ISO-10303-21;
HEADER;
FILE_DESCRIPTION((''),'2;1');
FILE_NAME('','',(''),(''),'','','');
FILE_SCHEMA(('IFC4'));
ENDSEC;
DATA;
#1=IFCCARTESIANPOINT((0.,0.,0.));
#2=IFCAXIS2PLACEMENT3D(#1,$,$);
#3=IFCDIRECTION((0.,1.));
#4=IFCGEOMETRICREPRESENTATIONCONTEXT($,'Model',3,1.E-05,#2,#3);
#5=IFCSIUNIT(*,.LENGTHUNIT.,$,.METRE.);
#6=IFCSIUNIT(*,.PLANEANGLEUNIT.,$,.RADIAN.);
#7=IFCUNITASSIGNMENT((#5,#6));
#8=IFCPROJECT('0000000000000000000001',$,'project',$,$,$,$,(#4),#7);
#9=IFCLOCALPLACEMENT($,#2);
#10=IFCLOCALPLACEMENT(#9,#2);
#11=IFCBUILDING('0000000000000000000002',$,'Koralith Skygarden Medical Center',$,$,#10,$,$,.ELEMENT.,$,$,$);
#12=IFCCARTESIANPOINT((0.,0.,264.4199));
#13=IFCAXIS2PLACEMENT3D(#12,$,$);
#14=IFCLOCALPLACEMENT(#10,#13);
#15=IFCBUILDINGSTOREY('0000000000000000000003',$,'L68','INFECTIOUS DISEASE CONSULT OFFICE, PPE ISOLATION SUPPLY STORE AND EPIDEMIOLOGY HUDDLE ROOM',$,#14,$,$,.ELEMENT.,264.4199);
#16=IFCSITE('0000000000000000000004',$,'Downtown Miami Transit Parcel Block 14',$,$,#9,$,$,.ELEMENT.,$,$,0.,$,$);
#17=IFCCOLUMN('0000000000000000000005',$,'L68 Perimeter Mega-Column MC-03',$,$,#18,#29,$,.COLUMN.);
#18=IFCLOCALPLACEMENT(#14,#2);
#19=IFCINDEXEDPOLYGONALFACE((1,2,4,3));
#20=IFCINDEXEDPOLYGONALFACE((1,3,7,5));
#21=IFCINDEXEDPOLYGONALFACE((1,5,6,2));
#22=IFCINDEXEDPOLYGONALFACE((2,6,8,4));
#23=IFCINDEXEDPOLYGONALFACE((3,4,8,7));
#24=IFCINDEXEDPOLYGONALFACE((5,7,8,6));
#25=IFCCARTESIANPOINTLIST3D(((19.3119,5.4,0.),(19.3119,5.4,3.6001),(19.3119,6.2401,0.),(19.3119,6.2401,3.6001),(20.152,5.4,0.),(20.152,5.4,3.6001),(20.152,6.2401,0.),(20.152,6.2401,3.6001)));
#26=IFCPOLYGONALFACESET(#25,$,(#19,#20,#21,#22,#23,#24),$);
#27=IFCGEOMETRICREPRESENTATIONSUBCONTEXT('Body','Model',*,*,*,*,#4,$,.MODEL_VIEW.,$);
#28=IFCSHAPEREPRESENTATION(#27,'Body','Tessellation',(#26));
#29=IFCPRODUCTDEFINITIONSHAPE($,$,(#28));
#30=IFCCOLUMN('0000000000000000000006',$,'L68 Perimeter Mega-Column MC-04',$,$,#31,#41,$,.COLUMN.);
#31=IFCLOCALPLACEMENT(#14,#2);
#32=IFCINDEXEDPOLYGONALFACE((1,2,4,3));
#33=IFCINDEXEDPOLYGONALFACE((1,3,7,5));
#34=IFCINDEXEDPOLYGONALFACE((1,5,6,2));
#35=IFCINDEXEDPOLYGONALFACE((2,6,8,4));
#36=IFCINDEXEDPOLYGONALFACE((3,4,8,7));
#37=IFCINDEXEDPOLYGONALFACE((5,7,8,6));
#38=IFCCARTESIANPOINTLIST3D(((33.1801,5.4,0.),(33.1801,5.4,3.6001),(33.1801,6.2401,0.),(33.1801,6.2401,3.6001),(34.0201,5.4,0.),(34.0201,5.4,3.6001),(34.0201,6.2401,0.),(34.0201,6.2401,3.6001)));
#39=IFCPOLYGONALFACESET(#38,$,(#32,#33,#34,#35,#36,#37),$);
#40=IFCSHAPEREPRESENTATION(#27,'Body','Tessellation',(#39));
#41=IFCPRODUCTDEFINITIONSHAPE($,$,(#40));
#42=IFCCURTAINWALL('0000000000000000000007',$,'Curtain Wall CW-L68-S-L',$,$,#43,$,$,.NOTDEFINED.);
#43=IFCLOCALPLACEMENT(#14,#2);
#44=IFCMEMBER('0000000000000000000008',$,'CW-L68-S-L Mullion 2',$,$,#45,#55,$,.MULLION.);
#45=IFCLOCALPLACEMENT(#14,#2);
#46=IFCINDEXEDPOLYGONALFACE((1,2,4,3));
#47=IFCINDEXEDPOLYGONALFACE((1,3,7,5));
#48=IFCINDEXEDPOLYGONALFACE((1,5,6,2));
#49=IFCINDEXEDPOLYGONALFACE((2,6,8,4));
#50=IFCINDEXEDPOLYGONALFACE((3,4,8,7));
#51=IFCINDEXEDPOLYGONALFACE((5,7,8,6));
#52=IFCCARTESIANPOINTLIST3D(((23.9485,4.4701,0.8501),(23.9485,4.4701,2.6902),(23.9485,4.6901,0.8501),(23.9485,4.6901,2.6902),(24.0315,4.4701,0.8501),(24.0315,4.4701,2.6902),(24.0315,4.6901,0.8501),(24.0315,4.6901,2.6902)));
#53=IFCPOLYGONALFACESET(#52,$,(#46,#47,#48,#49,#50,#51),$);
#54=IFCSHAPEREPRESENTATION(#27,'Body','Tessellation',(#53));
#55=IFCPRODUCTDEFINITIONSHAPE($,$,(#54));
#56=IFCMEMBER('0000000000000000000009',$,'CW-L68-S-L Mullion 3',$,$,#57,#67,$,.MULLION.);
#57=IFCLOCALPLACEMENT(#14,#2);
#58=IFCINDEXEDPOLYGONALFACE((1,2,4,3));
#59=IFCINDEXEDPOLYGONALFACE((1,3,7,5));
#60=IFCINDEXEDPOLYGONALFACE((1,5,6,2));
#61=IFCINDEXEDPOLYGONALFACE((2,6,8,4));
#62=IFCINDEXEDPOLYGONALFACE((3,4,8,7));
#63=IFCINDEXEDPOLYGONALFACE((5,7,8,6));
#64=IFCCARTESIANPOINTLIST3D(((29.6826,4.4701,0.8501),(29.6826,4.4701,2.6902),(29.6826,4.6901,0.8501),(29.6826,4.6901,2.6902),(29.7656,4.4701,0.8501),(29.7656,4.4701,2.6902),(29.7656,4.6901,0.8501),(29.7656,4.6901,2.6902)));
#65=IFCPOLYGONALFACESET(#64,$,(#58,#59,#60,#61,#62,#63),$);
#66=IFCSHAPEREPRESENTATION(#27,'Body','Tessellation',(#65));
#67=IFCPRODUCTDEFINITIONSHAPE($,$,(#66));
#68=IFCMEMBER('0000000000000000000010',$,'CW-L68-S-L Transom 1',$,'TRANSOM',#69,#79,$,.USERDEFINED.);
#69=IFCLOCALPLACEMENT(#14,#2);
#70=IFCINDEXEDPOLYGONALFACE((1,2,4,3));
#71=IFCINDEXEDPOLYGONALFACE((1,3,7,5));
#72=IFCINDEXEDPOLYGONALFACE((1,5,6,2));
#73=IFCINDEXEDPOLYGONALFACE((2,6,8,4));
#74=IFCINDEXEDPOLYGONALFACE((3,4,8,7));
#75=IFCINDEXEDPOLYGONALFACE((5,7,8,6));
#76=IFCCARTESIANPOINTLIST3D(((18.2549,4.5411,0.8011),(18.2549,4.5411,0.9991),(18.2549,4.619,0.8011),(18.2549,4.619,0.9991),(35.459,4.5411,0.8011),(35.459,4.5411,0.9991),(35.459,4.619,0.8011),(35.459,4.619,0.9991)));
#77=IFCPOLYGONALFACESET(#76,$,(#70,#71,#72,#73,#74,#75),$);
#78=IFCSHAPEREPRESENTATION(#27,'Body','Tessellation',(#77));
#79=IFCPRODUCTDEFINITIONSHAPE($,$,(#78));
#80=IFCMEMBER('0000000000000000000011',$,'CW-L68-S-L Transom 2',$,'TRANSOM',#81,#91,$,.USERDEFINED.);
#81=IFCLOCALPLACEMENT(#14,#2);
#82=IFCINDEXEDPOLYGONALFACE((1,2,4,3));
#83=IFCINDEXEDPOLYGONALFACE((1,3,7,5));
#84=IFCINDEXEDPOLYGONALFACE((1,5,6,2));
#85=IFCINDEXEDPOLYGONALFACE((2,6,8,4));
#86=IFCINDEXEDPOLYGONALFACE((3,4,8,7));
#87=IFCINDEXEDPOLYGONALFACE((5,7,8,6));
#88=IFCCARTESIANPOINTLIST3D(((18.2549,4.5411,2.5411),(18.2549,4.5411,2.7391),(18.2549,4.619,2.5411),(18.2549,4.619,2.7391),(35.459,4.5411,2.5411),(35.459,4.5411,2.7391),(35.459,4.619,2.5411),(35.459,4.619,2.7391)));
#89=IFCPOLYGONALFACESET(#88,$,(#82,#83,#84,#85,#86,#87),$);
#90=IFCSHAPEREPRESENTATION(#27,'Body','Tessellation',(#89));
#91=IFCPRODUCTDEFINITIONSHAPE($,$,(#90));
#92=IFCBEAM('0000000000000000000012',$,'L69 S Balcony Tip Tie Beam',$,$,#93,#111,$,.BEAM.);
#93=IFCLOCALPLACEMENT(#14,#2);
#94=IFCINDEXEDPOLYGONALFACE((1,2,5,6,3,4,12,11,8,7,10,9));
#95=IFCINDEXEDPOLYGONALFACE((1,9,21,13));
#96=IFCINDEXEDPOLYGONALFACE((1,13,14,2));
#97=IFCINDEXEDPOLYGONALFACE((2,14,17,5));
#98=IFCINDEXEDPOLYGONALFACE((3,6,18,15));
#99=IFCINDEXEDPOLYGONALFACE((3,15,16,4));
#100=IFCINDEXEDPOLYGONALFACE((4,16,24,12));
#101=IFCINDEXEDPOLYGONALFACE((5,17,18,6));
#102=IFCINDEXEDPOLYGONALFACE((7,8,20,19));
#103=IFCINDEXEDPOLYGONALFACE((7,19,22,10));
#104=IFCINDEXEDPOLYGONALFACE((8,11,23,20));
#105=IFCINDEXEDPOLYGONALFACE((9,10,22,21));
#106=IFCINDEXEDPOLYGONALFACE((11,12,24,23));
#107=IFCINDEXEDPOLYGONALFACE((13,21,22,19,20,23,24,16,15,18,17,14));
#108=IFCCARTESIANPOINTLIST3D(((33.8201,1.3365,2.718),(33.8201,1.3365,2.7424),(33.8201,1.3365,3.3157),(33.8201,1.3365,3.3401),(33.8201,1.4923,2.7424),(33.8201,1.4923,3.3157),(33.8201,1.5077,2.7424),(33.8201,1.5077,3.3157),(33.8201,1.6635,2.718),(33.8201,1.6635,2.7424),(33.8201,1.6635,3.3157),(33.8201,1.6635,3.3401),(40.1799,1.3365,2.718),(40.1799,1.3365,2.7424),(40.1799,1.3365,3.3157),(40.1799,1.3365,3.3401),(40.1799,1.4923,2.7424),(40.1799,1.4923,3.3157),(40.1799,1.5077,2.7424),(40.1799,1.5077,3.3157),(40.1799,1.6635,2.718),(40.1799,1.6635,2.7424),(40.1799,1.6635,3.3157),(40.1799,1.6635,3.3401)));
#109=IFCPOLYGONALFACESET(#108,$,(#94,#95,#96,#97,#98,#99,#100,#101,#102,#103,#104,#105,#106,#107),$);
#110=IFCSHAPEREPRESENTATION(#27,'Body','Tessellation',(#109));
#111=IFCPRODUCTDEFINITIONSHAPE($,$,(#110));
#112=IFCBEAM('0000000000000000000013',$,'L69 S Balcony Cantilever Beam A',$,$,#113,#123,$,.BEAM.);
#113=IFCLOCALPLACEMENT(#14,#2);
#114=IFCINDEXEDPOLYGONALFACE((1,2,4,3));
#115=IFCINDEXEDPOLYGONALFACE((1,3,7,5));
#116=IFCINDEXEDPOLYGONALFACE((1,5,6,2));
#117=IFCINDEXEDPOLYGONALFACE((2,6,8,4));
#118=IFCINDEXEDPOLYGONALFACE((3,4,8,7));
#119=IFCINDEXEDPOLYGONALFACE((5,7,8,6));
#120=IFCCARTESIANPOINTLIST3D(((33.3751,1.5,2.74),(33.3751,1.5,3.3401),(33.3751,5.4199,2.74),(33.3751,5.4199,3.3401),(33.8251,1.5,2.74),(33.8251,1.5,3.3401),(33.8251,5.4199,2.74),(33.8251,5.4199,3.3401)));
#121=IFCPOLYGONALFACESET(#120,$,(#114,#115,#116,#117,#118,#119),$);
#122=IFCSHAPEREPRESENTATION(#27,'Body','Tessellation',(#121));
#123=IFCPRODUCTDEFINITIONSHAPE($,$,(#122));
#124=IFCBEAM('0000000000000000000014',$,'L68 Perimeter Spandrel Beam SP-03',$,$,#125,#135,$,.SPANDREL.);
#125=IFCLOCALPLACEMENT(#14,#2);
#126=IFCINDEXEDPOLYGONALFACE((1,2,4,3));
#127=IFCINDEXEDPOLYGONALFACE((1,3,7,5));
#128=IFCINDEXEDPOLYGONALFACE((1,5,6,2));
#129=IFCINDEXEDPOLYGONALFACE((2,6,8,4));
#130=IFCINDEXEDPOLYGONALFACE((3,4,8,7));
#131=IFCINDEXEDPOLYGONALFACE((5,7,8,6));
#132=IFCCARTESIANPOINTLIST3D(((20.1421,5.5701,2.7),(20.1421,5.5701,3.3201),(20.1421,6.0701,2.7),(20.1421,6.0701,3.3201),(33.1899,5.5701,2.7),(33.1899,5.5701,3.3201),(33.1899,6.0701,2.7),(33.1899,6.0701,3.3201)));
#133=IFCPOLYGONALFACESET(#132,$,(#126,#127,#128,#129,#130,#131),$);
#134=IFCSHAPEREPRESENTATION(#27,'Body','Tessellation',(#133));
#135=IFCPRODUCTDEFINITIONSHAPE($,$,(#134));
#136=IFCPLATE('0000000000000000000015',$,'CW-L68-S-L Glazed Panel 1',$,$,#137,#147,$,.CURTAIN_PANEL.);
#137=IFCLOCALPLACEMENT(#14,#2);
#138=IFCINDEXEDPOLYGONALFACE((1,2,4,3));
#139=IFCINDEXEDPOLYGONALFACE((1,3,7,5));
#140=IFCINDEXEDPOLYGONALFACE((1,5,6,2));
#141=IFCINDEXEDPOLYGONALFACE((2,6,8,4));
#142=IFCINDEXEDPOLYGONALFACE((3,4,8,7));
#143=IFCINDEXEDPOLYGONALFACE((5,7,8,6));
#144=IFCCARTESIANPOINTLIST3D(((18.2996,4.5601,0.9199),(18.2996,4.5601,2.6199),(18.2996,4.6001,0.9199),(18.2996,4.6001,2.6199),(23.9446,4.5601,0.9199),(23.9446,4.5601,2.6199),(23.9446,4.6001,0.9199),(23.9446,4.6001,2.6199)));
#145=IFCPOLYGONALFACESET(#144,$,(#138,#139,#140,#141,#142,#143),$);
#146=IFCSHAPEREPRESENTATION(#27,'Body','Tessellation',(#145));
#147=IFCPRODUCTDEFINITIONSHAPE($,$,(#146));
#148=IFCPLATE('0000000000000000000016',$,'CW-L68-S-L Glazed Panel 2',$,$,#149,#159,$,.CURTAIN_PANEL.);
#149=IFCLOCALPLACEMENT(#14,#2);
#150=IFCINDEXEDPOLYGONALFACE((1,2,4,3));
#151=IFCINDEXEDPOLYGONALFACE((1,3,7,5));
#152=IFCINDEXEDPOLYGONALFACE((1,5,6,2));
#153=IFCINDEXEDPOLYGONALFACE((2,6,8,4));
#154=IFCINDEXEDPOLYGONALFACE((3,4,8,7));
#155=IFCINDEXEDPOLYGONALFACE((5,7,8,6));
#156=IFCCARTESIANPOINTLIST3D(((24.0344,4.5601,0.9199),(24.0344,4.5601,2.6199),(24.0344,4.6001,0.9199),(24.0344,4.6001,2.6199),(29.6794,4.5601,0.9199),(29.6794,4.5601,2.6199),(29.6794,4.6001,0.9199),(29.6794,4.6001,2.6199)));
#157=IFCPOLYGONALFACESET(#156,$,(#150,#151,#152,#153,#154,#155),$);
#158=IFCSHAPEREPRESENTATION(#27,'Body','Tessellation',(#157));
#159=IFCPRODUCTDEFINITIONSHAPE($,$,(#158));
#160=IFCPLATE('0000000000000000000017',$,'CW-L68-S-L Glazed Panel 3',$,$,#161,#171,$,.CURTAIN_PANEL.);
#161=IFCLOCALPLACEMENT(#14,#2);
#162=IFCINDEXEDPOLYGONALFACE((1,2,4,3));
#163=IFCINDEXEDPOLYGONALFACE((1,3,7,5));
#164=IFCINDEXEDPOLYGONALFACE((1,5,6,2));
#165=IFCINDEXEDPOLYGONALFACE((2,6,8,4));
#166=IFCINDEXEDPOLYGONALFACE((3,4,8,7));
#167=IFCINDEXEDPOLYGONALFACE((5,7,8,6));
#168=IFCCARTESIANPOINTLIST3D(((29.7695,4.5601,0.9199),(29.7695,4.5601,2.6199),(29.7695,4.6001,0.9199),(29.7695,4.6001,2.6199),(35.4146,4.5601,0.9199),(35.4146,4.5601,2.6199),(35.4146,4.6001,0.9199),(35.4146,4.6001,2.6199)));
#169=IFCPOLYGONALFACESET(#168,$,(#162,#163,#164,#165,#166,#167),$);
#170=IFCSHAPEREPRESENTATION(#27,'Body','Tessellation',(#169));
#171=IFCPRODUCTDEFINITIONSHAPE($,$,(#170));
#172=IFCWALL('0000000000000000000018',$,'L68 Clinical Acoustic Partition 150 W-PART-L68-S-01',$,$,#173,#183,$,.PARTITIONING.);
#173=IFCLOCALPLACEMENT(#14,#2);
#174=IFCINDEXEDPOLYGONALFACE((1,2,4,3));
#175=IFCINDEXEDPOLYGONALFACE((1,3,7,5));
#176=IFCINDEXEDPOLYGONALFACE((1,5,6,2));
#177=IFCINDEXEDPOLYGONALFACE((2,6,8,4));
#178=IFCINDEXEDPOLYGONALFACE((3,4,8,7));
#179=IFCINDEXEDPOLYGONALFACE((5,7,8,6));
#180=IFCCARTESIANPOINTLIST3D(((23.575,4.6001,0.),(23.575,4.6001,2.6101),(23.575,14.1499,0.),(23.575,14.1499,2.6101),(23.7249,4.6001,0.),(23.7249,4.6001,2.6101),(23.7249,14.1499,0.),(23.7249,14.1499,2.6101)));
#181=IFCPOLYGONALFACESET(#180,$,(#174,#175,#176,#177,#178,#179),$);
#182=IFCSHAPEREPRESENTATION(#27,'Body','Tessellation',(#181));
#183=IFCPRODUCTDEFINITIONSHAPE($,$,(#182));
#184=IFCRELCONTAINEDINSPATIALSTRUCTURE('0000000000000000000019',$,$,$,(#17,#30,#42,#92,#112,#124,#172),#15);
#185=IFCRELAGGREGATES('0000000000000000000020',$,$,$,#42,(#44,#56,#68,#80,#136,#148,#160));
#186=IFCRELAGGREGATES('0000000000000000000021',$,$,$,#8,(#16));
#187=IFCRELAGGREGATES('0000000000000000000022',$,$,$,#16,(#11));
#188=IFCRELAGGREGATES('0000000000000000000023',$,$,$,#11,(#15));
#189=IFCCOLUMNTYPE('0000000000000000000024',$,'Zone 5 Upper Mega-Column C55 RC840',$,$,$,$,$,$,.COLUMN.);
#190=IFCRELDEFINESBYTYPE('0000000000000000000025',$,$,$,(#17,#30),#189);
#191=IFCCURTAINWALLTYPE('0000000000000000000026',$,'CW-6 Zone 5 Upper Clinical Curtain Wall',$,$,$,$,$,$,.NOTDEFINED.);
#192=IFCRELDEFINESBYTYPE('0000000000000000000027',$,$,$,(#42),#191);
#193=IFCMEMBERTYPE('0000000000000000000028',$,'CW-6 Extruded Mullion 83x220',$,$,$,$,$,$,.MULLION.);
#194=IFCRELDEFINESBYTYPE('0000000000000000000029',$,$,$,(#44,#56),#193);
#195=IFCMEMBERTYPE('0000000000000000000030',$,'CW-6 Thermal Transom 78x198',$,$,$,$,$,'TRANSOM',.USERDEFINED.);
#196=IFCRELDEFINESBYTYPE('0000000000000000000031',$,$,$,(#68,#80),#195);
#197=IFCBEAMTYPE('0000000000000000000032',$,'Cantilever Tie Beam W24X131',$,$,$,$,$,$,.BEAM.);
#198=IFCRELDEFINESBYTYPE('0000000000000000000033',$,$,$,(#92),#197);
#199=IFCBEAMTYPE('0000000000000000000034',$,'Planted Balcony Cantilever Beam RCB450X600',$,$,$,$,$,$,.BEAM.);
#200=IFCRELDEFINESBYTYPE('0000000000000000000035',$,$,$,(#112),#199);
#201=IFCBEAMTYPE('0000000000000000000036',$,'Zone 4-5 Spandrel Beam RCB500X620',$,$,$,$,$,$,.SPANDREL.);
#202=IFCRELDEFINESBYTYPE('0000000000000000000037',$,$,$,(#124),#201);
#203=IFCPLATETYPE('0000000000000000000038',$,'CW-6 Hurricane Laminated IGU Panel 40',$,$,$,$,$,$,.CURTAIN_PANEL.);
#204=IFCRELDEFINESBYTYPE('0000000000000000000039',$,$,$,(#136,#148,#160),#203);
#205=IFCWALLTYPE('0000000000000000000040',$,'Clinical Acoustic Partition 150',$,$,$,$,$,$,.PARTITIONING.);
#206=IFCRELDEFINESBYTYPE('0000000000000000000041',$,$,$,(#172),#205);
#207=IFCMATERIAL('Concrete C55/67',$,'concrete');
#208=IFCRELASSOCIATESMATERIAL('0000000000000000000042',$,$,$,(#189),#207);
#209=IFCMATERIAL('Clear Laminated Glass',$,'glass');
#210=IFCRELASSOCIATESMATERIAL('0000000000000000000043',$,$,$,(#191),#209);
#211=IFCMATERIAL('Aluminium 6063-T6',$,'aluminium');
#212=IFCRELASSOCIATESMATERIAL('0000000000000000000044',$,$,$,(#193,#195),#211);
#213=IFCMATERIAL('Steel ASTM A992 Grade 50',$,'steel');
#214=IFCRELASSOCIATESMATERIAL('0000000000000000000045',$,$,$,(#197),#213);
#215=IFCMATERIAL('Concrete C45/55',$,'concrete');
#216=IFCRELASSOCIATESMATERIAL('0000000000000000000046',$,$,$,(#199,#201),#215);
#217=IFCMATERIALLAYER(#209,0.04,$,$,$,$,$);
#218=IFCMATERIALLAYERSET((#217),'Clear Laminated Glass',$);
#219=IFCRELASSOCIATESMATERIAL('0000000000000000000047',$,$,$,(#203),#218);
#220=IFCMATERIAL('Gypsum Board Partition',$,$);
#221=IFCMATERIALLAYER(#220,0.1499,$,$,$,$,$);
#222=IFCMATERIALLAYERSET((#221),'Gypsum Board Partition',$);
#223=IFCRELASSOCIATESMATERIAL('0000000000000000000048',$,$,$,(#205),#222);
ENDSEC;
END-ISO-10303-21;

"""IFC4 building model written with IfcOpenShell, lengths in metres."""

from ifc_helpers import new_model, si_unit, direction, frame, frame_2d, origin, origin_2d, place, context, subcontext, project, spatial, rectangle, i_section, extrude, material, layer, layer_set, material_profile, profile_set, type_object, element, aggregate, save


model = new_model("IFC4")

# Units and contexts
model_context = context("Model", 3, precision=1e-05, world=origin(), true_north=direction((0.0, 1.0)))
body_context = subcontext(model_context, "Body", "Model", "MODEL_VIEW")
ifc_project = project(units=[si_unit("LENGTHUNIT", "METRE"), si_unit("PLANEANGLEUNIT", "RADIAN")], contexts=[model_context])

# Site, building, storey
site_placement = place(None, origin())
site = spatial("IfcSite", under=ifc_project, at=site_placement, Name="Downtown Miami Transit Parcel Block 14", CompositionType="ELEMENT", RefElevation=0.0)
building_placement = place(site_placement, origin())
building = spatial("IfcBuilding", under=site, at=building_placement, Name="Koralith Skygarden Medical Center", CompositionType="ELEMENT")
storey_placement = place(building_placement, frame((0.0, 0.0, 264.4199)))
storey = spatial("IfcBuildingStorey", under=building, at=storey_placement, Name="L68", Description="INFECTIOUS DISEASE CONSULT OFFICE, PPE ISOLATION SUPPLY STORE AND EPIDEMIOLOGY HUDDLE ROOM", CompositionType="ELEMENT", Elevation=264.4199)

# Columns
ifc_material_1 = material(Name="Concrete C55/67", Category="concrete")
ifc_material_profile_1 = material_profile(ifc_material_1, rectangle(XDim=0.8401, YDim=0.8401, at=origin_2d()), Name="RC840X840")
ifc_profile_set_1 = profile_set([ifc_material_profile_1], Name="Concrete C55/67")
column_type = type_object("IfcColumnType", Name="Zone 5 Upper Mega-Column C55 RC840", PredefinedType="COLUMN", material=ifc_profile_set_1)
for number, where, z_axis, x_axis, name in (
    (1, (19.7319, 5.8201, 0.0), (0.0, 0.0, 1.0), (1.0, 0.0, 0.0), "L68 Perimeter Mega-Column MC-03"),
    (2, (33.6001, 5.8201, 0.0), (0.0, 0.0, 1.0), (1.0, 0.0, 0.0), "L68 Perimeter Mega-Column MC-04"),
):
    element("IfcColumn", number, at=place(storey_placement, frame(where, z_axis=z_axis, x_axis=x_axis)), inside=storey, type_object=column_type, Name=name, PredefinedType="COLUMN", context=body_context, shape_type="SweptSolid", body=[
        extrude(rectangle(XDim=0.8401, YDim=0.8401, at=origin_2d()), origin(), (0.0, 0.0, 1.0), 3.6001),
    ])

# Curtain wall, members
ifc_material_2 = material(Name="Clear Laminated Glass", Category="glass")
curtain_wall_type = type_object("IfcCurtainWallType", Name="CW-6 Zone 5 Upper Clinical Curtain Wall", PredefinedType="NOTDEFINED", material=ifc_material_2)
curtain_wall_placement = place(storey_placement, origin())
curtain_wall = element("IfcCurtainWall", 3, at=curtain_wall_placement, inside=storey, type_object=curtain_wall_type, Name="Curtain Wall CW-L68-S-L", PredefinedType="NOTDEFINED")
ifc_material_3 = material(Name="Aluminium 6063-T6", Category="aluminium")
ifc_material_profile_2 = material_profile(ifc_material_3, rectangle(XDim=0.083, YDim=0.22, at=origin_2d()), Name="MUL83X220")
ifc_profile_set_2 = profile_set([ifc_material_profile_2], Name="Aluminium 6063-T6")
member_type_1 = type_object("IfcMemberType", Name="CW-6 Extruded Mullion 83x220", PredefinedType="MULLION", material=ifc_profile_set_2)
member_1_placement = place(storey_placement, frame((23.99, 4.5801, 0.8501), z_axis=(0.0, 0.0, 1.0), x_axis=(1.0, 0.0, 0.0)))
member_1 = element("IfcMember", 4, at=member_1_placement, type_object=member_type_1, Name="CW-L68-S-L Mullion 2", PredefinedType="MULLION", context=body_context, shape_type="SweptSolid", body=[
    extrude(rectangle(XDim=0.083, YDim=0.22, at=origin_2d()), origin(), (0.0, 0.0, 1.0), 1.8401),
])
member_2_placement = place(storey_placement, frame((29.7241, 4.5801, 0.8501), z_axis=(0.0, 0.0, 1.0), x_axis=(1.0, 0.0, 0.0)))
member_2 = element("IfcMember", 5, at=member_2_placement, type_object=member_type_1, Name="CW-L68-S-L Mullion 3", PredefinedType="MULLION", context=body_context, shape_type="SweptSolid", body=[
    extrude(rectangle(XDim=0.083, YDim=0.22, at=origin_2d()), origin(), (0.0, 0.0, 1.0), 1.8401),
])
ifc_material_profile_3 = material_profile(ifc_material_3, rectangle(XDim=0.0779, YDim=0.198, at=origin_2d()), Name="TRN78X198")
ifc_profile_set_3 = profile_set([ifc_material_profile_3], Name="Aluminium 6063-T6")
member_type_2 = type_object("IfcMemberType", Name="CW-6 Thermal Transom 78x198", ElementType="TRANSOM", PredefinedType="USERDEFINED", material=ifc_profile_set_3)
member_3_placement = place(storey_placement, frame((18.2549, 4.5801, 0.9001), z_axis=(1.0, 0.0, 0.0), x_axis=(0.0, 1.0, 0.0)))
member_3 = element("IfcMember", 6, at=member_3_placement, type_object=member_type_2, Name="CW-L68-S-L Transom 1", ObjectType="TRANSOM", PredefinedType="USERDEFINED", context=body_context, shape_type="SweptSolid", body=[
    extrude(rectangle(XDim=0.0779, YDim=0.198, at=origin_2d()), origin(), (0.0, 0.0, 1.0), 17.2041),
])
member_4_placement = place(storey_placement, frame((18.2549, 4.5801, 2.6401), z_axis=(1.0, 0.0, 0.0), x_axis=(0.0, 1.0, 0.0)))
member_4 = element("IfcMember", 7, at=member_4_placement, type_object=member_type_2, Name="CW-L68-S-L Transom 2", ObjectType="TRANSOM", PredefinedType="USERDEFINED", context=body_context, shape_type="SweptSolid", body=[
    extrude(rectangle(XDim=0.0779, YDim=0.198, at=origin_2d()), origin(), (0.0, 0.0, 1.0), 17.2041),
])

# Beams
ifc_material_4 = material(Name="Steel ASTM A992 Grade 50", Category="steel")
ifc_material_profile_4 = material_profile(ifc_material_4, i_section(OverallWidth=0.3269, OverallDepth=0.6221, WebThickness=0.0154, FlangeThickness=0.0244, at=origin_2d()), Name="W24X131")
ifc_profile_set_4 = profile_set([ifc_material_profile_4], Name="Steel ASTM A992 Grade 50")
beam_type_1 = type_object("IfcBeamType", Name="Cantilever Tie Beam W24X131", PredefinedType="BEAM", material=ifc_profile_set_4)
beam_1_placement = place(storey_placement, frame((33.8201, 1.5, 3.0291), z_axis=(1.0, 0.0, 0.0), x_axis=(0.0, 1.0, 0.0)))
element("IfcBeam", 8, at=beam_1_placement, inside=storey, type_object=beam_type_1, Name="L69 S Balcony Tip Tie Beam", PredefinedType="BEAM", context=body_context, shape_type="SweptSolid", body=[
    extrude(i_section(OverallWidth=0.3269, OverallDepth=0.6221, WebThickness=0.0154, FlangeThickness=0.0244, at=origin_2d()), origin(), (0.0, 0.0, 1.0), 6.3599),
])
ifc_material_5 = material(Name="Concrete C45/55", Category="concrete")
ifc_material_profile_5 = material_profile(ifc_material_5, rectangle(XDim=0.45, YDim=0.6001, at=origin_2d()), Name="RCB450X600")
ifc_profile_set_5 = profile_set([ifc_material_profile_5], Name="Concrete C45/55")
beam_type_2 = type_object("IfcBeamType", Name="Planted Balcony Cantilever Beam RCB450X600", PredefinedType="BEAM", material=ifc_profile_set_5)
beam_2_placement = place(storey_placement, frame((33.6001, 5.4199, 3.04), z_axis=(0.0, -1.0, 0.0), x_axis=(1.0, 0.0, 0.0)))
element("IfcBeam", 9, at=beam_2_placement, inside=storey, type_object=beam_type_2, Name="L69 S Balcony Cantilever Beam A", PredefinedType="BEAM", context=body_context, shape_type="SweptSolid", body=[
    extrude(rectangle(XDim=0.45, YDim=0.6001, at=origin_2d()), origin(), (0.0, 0.0, 1.0), 3.9199),
])
ifc_material_profile_6 = material_profile(ifc_material_5, rectangle(XDim=0.5, YDim=0.6201, at=origin_2d()), Name="RCB500X620")
ifc_profile_set_6 = profile_set([ifc_material_profile_6], Name="Concrete C45/55")
beam_type_3 = type_object("IfcBeamType", Name="Zone 4-5 Spandrel Beam RCB500X620", PredefinedType="SPANDREL", material=ifc_profile_set_6)
beam_3_placement = place(storey_placement, frame((20.1421, 5.8201, 3.01), z_axis=(1.0, 0.0, 0.0), x_axis=(0.0, 1.0, 0.0)))
element("IfcBeam", 10, at=beam_3_placement, inside=storey, type_object=beam_type_3, Name="L68 Perimeter Spandrel Beam SP-03", PredefinedType="SPANDREL", context=body_context, shape_type="SweptSolid", body=[
    extrude(rectangle(XDim=0.5, YDim=0.6201, at=origin_2d()), origin(), (0.0, 0.0, 1.0), 13.0479),
])

# Plates
ifc_layer_1 = layer(ifc_material_2, 0.04)
ifc_layer_set_1 = layer_set([ifc_layer_1], Name="Clear Laminated Glass")
plate_type = type_object("IfcPlateType", Name="CW-6 Hurricane Laminated IGU Panel 40", PredefinedType="CURTAIN_PANEL", material=ifc_layer_set_1)
plate_1_placement = place(storey_placement, frame((21.1221, 4.5801, 0.9199), z_axis=(0.0, 0.0, 1.0), x_axis=(1.0, 0.0, 0.0)))
plate_1 = element("IfcPlate", 11, at=plate_1_placement, type_object=plate_type, Name="CW-L68-S-L Glazed Panel 1", PredefinedType="CURTAIN_PANEL", context=body_context, shape_type="SweptSolid", body=[
    extrude(rectangle(XDim=5.645, YDim=0.04, at=origin_2d()), origin(), (0.0, 0.0, 1.0), 1.7),
])
plate_2_placement = place(storey_placement, frame((26.8569, 4.5801, 0.9199), z_axis=(0.0, 0.0, 1.0), x_axis=(1.0, 0.0, 0.0)))
plate_2 = element("IfcPlate", 12, at=plate_2_placement, type_object=plate_type, Name="CW-L68-S-L Glazed Panel 2", PredefinedType="CURTAIN_PANEL", context=body_context, shape_type="SweptSolid", body=[
    extrude(rectangle(XDim=5.645, YDim=0.04, at=origin_2d()), origin(), (0.0, 0.0, 1.0), 1.7),
])
plate_3_placement = place(storey_placement, frame((32.592, 4.5801, 0.9199), z_axis=(0.0, 0.0, 1.0), x_axis=(1.0, 0.0, 0.0)))
plate_3 = element("IfcPlate", 13, at=plate_3_placement, type_object=plate_type, Name="CW-L68-S-L Glazed Panel 3", PredefinedType="CURTAIN_PANEL", context=body_context, shape_type="SweptSolid", body=[
    extrude(rectangle(XDim=5.645, YDim=0.04, at=origin_2d()), origin(), (0.0, 0.0, 1.0), 1.7),
])
aggregate(curtain_wall, [member_1, member_2, member_3, member_4, plate_1, plate_2, plate_3])

# Wall
ifc_material_6 = material(Name="Gypsum Board Partition")
ifc_layer_2 = layer(ifc_material_6, 0.1499)
ifc_layer_set_2 = layer_set([ifc_layer_2], Name="Gypsum Board Partition")
wall_type_1 = type_object("IfcWallType", Name="Clinical Acoustic Partition 150", PredefinedType="PARTITIONING", material=ifc_layer_set_2)
wall_1_placement = place(storey_placement, frame((23.6499, 14.1499, 0.0), z_axis=(0.0, 0.0, 1.0), x_axis=(0.0, -1.0, 0.0)))
element("IfcWall", 14, at=wall_1_placement, inside=storey, type_object=wall_type_1, Name="L68 Clinical Acoustic Partition 150 W-PART-L68-S-01", PredefinedType="PARTITIONING", context=body_context, shape_type="SweptSolid", body=[
    extrude(rectangle(XDim=9.5498, YDim=0.1499, at=frame_2d((4.7749, 0.0))), origin(), (0.0, 0.0, 1.0), 2.6101),
])

save(model, "model.ifc")
